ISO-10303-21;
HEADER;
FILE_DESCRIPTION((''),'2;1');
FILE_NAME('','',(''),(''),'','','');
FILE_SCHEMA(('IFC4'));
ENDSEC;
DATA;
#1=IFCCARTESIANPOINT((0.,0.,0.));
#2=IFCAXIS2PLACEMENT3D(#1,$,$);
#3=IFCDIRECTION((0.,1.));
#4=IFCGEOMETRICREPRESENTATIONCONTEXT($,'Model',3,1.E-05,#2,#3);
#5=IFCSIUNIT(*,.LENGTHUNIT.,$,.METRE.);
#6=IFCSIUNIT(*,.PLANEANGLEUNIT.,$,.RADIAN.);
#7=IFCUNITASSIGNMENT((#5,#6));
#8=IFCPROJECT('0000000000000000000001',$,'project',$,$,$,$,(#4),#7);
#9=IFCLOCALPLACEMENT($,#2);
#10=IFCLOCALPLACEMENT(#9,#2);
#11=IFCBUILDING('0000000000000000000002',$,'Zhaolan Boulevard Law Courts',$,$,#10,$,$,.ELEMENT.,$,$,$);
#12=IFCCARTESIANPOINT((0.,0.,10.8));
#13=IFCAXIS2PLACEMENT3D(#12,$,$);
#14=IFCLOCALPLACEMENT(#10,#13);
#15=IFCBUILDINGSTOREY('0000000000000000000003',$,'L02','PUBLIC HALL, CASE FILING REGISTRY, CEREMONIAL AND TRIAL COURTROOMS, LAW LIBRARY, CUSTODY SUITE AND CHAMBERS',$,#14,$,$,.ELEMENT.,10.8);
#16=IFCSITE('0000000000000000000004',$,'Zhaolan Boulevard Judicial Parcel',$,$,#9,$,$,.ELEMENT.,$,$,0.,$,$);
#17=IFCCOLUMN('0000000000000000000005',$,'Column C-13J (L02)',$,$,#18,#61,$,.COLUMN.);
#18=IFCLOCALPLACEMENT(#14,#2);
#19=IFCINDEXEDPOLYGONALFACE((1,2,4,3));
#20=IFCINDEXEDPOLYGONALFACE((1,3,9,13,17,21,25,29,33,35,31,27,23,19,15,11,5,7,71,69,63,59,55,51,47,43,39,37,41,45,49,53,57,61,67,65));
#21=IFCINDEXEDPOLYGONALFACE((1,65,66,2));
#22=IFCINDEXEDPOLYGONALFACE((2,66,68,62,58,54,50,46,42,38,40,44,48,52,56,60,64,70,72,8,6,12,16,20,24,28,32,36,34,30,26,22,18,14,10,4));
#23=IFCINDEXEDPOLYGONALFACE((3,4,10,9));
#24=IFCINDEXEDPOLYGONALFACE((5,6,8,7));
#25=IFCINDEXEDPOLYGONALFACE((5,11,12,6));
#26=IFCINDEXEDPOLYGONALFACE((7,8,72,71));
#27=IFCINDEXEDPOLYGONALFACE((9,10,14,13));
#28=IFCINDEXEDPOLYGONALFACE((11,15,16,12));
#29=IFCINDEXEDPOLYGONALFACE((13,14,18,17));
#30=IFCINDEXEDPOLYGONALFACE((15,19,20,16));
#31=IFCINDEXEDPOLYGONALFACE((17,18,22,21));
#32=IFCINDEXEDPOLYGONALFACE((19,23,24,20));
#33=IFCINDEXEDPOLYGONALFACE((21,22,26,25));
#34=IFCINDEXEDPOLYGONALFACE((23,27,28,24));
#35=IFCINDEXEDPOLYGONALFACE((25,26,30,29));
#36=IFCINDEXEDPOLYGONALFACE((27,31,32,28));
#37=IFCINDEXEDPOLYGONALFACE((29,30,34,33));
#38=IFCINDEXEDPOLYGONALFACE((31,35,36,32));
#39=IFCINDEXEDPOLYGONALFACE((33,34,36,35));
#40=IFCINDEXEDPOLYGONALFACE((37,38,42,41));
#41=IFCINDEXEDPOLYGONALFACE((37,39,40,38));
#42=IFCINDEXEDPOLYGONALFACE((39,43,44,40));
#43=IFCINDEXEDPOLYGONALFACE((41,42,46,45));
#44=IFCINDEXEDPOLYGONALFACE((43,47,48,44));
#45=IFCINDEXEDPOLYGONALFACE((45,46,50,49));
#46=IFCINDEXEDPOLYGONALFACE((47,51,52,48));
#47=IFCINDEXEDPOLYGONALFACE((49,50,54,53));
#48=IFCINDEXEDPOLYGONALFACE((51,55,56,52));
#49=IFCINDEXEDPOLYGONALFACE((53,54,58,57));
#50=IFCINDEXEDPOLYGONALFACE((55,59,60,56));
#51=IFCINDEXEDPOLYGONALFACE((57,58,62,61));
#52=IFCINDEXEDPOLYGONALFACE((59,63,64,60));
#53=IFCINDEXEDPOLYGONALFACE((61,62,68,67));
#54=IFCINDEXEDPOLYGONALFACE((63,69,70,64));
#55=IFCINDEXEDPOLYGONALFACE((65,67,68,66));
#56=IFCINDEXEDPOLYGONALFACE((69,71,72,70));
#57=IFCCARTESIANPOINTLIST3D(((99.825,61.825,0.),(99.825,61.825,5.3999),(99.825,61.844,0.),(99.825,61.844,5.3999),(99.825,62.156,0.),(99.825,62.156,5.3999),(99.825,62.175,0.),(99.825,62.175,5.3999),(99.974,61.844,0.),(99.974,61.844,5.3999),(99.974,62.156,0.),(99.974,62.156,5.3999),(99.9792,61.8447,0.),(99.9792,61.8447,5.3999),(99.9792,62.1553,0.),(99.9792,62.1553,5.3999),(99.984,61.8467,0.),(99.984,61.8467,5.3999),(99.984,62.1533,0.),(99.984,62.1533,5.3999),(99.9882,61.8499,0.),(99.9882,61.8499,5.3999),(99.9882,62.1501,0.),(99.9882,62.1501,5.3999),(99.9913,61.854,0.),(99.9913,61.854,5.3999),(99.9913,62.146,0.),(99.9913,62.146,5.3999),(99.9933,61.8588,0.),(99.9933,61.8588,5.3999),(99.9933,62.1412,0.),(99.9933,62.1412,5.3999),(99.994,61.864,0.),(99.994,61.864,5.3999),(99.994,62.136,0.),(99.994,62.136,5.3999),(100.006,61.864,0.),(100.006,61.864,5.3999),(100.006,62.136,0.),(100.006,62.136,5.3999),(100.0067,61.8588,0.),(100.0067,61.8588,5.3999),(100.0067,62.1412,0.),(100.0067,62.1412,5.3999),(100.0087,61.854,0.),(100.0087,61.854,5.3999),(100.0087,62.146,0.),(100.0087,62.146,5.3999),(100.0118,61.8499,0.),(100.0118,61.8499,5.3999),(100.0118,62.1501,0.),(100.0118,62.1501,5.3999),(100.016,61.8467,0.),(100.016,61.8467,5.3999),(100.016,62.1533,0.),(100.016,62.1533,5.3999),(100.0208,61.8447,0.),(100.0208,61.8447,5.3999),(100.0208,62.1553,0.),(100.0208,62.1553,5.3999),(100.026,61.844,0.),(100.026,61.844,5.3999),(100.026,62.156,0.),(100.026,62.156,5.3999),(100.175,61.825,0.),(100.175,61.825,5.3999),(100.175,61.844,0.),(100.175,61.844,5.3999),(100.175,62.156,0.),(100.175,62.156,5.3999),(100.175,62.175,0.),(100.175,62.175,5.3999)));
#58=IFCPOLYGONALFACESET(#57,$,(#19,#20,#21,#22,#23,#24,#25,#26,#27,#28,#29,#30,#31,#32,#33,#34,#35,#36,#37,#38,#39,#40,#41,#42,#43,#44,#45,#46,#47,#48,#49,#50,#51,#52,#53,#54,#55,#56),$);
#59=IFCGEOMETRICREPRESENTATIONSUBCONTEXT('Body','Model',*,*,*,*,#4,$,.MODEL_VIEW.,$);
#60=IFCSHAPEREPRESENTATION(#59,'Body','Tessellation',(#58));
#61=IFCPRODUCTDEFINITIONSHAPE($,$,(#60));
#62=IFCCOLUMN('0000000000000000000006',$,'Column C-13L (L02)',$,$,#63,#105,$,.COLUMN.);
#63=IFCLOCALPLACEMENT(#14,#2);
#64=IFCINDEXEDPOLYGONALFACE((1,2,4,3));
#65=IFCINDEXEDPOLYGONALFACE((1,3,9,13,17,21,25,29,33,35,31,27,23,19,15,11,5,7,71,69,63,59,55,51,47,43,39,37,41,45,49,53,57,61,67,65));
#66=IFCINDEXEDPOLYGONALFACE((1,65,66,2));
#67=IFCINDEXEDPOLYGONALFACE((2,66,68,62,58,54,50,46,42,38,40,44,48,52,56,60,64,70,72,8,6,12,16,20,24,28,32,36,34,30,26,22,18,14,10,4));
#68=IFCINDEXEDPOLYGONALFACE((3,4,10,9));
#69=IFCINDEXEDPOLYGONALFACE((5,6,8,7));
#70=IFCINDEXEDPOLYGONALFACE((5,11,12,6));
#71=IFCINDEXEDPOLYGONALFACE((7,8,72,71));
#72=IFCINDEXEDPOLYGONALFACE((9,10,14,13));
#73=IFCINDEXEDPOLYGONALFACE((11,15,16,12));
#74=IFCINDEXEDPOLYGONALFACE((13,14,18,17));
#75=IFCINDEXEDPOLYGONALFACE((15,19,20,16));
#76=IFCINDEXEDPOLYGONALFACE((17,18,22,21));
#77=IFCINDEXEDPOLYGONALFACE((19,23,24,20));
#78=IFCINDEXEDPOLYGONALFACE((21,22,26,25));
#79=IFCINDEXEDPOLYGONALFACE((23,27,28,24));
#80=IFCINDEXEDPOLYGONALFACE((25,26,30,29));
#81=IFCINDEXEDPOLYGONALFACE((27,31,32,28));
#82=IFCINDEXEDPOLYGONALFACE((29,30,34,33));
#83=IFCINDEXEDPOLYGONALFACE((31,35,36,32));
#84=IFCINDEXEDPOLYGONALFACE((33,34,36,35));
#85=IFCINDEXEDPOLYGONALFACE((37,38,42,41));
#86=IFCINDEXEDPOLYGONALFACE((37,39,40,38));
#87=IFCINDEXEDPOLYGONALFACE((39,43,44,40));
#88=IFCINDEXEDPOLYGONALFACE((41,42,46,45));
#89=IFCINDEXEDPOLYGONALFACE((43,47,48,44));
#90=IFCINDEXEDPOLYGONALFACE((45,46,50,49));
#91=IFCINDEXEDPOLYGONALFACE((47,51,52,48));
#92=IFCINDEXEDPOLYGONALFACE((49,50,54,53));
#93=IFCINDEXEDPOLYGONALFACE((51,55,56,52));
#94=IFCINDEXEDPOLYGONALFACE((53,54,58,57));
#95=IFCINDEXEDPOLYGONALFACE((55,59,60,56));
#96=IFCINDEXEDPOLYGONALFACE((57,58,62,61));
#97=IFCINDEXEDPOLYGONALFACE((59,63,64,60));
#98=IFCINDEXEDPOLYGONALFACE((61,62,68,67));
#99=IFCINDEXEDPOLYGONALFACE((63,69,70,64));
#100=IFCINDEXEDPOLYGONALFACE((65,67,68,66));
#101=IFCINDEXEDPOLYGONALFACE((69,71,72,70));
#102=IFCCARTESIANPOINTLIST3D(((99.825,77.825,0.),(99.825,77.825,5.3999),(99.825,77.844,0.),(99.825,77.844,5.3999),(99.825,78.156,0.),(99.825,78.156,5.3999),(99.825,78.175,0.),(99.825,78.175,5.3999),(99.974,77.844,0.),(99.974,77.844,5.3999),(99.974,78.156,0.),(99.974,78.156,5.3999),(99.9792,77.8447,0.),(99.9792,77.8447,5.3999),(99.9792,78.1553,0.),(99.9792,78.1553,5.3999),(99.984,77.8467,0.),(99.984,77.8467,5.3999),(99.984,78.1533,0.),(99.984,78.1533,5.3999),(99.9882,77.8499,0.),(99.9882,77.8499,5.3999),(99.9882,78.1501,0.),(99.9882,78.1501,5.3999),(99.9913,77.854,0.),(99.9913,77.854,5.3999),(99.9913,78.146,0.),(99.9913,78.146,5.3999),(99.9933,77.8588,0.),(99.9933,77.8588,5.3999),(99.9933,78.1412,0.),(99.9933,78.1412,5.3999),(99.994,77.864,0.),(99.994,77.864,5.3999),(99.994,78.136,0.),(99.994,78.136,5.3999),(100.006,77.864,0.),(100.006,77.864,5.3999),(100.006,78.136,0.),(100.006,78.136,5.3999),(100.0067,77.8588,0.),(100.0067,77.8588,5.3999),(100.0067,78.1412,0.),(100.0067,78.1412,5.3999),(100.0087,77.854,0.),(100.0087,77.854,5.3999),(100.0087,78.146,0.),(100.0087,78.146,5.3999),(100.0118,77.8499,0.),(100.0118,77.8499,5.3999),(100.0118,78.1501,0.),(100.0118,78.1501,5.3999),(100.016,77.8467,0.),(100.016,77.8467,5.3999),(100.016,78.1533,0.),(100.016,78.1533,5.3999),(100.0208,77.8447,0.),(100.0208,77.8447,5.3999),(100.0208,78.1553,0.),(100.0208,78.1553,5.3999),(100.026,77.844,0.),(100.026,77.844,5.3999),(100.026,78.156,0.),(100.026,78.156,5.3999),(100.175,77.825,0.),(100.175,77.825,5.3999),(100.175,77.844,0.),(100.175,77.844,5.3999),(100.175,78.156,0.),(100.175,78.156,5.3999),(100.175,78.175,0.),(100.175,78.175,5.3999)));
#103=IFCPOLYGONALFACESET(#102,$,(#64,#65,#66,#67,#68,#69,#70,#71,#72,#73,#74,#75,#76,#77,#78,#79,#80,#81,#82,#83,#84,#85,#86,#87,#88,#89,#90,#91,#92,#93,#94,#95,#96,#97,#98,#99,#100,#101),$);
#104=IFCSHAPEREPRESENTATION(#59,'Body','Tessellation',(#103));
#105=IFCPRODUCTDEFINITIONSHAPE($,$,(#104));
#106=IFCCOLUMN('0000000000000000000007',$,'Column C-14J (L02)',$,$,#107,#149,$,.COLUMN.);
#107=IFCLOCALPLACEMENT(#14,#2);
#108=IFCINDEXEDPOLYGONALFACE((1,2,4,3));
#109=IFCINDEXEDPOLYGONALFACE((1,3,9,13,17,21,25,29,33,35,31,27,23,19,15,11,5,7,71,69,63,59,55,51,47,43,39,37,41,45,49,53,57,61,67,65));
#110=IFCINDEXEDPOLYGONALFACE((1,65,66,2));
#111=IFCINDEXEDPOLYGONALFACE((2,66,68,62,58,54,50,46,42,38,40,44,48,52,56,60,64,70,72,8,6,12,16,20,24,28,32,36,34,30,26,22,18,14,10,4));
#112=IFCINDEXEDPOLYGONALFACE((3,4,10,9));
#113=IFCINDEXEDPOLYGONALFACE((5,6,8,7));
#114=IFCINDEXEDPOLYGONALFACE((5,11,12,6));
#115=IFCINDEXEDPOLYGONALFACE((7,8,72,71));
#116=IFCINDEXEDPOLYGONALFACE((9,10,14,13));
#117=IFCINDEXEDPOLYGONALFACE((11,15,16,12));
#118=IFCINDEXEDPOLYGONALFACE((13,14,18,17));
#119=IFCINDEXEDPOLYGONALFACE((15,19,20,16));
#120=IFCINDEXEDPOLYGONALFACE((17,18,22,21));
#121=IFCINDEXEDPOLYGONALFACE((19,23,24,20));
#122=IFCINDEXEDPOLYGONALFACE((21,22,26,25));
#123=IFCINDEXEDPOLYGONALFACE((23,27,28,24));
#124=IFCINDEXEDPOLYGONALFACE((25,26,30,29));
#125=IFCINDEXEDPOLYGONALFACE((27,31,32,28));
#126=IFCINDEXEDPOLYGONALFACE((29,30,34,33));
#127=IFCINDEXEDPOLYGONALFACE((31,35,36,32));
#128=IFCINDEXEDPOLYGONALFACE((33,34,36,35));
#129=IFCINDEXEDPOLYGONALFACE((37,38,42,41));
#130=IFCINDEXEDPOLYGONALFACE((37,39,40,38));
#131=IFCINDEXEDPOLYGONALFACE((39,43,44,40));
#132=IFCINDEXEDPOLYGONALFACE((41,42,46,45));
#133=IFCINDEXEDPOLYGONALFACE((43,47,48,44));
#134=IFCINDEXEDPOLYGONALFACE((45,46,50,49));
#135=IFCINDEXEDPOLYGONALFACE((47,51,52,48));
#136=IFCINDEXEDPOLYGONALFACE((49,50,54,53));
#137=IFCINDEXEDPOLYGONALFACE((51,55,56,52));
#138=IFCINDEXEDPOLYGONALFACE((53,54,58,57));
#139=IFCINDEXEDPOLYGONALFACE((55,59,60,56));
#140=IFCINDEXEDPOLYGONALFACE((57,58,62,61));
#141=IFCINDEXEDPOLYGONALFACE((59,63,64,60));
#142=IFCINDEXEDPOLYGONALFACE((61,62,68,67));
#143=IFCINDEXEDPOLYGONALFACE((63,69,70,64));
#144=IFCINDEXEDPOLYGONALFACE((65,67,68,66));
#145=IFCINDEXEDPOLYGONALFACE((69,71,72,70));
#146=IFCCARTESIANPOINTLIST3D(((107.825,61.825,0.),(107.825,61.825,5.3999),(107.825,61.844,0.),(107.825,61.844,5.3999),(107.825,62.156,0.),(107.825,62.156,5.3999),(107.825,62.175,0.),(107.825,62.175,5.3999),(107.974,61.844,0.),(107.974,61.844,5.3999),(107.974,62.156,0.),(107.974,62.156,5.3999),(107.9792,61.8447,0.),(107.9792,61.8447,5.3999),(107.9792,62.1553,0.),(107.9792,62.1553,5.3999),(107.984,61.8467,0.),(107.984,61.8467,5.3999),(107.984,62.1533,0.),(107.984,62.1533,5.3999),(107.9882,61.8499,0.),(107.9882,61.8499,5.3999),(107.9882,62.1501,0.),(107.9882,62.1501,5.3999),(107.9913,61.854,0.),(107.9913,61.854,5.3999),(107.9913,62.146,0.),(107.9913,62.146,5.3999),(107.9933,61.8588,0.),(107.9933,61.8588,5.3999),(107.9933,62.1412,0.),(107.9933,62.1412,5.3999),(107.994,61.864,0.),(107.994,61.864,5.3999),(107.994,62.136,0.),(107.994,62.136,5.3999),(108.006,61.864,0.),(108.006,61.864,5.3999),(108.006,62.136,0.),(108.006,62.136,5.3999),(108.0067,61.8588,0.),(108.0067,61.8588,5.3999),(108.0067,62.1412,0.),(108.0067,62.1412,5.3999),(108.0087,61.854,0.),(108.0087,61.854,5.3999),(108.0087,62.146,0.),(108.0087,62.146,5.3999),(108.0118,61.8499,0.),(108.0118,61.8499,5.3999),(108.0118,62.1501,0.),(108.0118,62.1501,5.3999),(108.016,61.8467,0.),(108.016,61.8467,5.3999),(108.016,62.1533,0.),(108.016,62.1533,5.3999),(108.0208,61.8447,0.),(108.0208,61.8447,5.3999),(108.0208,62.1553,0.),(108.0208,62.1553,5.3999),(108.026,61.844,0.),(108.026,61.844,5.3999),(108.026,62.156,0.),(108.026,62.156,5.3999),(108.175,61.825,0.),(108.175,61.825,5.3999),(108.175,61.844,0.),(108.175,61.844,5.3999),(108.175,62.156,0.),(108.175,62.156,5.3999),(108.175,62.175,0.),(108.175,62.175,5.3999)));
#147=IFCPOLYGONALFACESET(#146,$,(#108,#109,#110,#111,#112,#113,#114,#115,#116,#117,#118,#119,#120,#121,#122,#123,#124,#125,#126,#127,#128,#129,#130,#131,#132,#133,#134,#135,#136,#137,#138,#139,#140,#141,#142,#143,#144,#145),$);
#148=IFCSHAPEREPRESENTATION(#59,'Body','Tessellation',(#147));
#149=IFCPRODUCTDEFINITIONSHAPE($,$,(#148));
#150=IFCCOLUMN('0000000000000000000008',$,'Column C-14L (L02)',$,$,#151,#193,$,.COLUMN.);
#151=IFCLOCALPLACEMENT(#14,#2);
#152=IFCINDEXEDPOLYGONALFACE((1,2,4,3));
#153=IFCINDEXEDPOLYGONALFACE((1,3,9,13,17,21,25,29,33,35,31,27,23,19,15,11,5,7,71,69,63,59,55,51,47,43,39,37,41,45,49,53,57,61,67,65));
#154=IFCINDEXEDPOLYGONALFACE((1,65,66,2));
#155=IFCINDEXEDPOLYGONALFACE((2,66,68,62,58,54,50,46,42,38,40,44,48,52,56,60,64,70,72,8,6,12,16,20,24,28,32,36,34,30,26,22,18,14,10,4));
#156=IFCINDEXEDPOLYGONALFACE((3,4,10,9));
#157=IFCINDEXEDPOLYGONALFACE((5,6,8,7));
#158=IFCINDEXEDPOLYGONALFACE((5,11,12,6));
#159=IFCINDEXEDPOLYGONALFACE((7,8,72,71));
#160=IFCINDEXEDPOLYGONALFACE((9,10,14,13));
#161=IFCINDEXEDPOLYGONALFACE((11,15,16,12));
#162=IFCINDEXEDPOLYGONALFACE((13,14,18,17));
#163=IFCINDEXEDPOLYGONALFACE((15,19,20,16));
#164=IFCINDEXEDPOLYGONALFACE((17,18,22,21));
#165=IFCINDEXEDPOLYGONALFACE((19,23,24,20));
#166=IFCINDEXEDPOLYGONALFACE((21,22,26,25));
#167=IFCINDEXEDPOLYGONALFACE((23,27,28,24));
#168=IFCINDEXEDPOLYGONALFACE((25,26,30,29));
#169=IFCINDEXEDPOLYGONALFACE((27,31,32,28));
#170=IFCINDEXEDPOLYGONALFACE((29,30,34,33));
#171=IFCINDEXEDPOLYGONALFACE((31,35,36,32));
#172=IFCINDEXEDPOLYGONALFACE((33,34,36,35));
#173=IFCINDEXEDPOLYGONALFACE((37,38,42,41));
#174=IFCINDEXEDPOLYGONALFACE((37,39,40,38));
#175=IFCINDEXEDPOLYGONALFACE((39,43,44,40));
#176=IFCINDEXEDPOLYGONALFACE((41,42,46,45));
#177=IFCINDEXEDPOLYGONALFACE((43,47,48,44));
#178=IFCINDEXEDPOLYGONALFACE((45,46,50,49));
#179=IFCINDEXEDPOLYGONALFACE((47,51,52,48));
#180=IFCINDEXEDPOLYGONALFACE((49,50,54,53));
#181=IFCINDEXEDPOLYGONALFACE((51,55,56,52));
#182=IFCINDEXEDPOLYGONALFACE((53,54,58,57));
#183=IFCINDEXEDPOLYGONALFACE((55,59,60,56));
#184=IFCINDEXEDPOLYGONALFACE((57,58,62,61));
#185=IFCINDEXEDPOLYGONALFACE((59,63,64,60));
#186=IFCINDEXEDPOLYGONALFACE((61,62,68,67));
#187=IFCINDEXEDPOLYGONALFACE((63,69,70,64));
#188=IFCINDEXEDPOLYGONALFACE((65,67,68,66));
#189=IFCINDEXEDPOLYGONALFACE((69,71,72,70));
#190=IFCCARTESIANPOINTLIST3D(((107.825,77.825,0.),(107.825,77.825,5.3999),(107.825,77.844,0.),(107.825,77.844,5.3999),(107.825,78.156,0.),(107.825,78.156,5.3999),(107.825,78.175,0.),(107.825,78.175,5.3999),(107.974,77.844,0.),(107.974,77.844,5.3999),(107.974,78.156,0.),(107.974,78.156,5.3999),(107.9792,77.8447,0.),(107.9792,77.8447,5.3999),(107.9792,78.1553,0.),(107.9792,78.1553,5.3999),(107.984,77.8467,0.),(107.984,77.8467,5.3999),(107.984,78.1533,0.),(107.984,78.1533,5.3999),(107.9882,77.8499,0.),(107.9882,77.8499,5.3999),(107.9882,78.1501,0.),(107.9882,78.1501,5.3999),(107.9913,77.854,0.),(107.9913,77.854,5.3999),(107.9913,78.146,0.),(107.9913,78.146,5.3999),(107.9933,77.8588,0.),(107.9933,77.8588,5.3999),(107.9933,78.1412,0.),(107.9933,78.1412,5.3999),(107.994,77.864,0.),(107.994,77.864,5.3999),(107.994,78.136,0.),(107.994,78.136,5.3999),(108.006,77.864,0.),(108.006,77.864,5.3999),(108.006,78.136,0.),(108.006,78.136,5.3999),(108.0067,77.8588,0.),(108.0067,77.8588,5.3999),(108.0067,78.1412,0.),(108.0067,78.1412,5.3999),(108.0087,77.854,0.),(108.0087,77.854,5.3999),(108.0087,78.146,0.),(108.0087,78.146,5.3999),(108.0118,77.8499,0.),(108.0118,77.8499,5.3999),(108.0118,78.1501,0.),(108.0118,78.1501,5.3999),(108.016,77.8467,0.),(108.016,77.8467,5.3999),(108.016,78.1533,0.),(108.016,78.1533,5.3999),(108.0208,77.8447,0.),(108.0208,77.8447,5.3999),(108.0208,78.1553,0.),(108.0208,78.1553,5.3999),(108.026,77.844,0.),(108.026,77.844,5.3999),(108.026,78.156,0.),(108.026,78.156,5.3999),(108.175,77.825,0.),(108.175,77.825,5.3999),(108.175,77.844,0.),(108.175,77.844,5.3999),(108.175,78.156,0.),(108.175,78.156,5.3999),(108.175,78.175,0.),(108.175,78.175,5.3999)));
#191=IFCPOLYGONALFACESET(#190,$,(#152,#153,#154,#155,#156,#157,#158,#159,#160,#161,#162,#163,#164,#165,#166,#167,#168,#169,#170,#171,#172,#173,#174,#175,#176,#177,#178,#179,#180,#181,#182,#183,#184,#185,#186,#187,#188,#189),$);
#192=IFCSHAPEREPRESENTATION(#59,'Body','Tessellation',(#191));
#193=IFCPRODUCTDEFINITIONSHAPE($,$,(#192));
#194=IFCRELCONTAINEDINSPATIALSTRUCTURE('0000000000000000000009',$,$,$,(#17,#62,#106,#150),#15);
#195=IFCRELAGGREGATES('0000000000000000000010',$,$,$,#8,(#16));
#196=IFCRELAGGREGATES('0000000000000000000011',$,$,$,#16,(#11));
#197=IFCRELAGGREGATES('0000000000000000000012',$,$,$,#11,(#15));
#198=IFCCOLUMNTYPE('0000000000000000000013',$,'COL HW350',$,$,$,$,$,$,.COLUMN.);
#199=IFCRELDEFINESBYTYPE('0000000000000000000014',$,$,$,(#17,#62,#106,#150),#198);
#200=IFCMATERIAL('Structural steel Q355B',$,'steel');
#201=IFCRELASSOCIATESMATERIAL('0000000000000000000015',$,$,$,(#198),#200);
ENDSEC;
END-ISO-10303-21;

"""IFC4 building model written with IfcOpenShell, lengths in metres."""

from ifc_helpers import new_model, si_unit, direction, frame, origin, origin_2d, place, context, subcontext, project, spatial, i_section, extrude, material, material_profile, profile_set, type_object, element, save


model = new_model("IFC4")

# Units and contexts
model_context = context("Model", 3, precision=1e-05, world=origin(), true_north=direction((0.0, 1.0)))
body_context = subcontext(model_context, "Body", "Model", "MODEL_VIEW")
ifc_project = project(units=[si_unit("LENGTHUNIT", "METRE"), si_unit("PLANEANGLEUNIT", "RADIAN")], contexts=[model_context])

# Site, building, storey
site_placement = place(None, origin())
site = spatial("IfcSite", under=ifc_project, at=site_placement, Name="Zhaolan Boulevard Judicial Parcel", CompositionType="ELEMENT", RefElevation=0.0)
building_placement = place(site_placement, origin())
building = spatial("IfcBuilding", under=site, at=building_placement, Name="Zhaolan Boulevard Law Courts", CompositionType="ELEMENT")
storey_placement = place(building_placement, frame((0.0, 0.0, 10.8)))
storey = spatial("IfcBuildingStorey", under=building, at=storey_placement, Name="L02", Description="PUBLIC HALL, CASE FILING REGISTRY, CEREMONIAL AND TRIAL COURTROOMS, LAW LIBRARY, CUSTODY SUITE AND CHAMBERS", CompositionType="ELEMENT", Elevation=10.8)

# Columns
ifc_material_1 = material(Name="Structural steel Q355B", Category="steel")
ifc_material_profile_1 = material_profile(ifc_material_1, i_section(OverallWidth=0.3501, OverallDepth=0.3501, WebThickness=0.012, FlangeThickness=0.019, FilletRadius=0.02, at=origin_2d()), Name="HW350x350")
ifc_profile_set_1 = profile_set([ifc_material_profile_1], Name="Structural steel Q355B")
column_type = type_object("IfcColumnType", Name="COL HW350", PredefinedType="COLUMN", material=ifc_profile_set_1)
for number, where, z_axis, x_axis, name in (
    (1, (100.0, 62.0, 0.0), (0.0, 0.0, 1.0), (1.0, 0.0, 0.0), "Column C-13J (L02)"),
    (2, (100.0, 78.0, 0.0), (0.0, 0.0, 1.0), (1.0, 0.0, 0.0), "Column C-13L (L02)"),
    (3, (108.0, 62.0, 0.0), (0.0, 0.0, 1.0), (1.0, 0.0, 0.0), "Column C-14J (L02)"),
    (4, (108.0, 78.0, 0.0), (0.0, 0.0, 1.0), (1.0, 0.0, 0.0), "Column C-14L (L02)"),
):
    element("IfcColumn", number, at=place(storey_placement, frame(where, z_axis=z_axis, x_axis=x_axis)), inside=storey, type_object=column_type, Name=name, PredefinedType="COLUMN", context=body_context, shape_type="SweptSolid", body=[
        extrude(i_section(OverallWidth=0.3501, OverallDepth=0.3501, WebThickness=0.012, FlangeThickness=0.019, FilletRadius=0.02, at=origin_2d()), origin(), (0.0, 0.0, 1.0), 5.3999),
    ])

save(model, "model.ifc")
